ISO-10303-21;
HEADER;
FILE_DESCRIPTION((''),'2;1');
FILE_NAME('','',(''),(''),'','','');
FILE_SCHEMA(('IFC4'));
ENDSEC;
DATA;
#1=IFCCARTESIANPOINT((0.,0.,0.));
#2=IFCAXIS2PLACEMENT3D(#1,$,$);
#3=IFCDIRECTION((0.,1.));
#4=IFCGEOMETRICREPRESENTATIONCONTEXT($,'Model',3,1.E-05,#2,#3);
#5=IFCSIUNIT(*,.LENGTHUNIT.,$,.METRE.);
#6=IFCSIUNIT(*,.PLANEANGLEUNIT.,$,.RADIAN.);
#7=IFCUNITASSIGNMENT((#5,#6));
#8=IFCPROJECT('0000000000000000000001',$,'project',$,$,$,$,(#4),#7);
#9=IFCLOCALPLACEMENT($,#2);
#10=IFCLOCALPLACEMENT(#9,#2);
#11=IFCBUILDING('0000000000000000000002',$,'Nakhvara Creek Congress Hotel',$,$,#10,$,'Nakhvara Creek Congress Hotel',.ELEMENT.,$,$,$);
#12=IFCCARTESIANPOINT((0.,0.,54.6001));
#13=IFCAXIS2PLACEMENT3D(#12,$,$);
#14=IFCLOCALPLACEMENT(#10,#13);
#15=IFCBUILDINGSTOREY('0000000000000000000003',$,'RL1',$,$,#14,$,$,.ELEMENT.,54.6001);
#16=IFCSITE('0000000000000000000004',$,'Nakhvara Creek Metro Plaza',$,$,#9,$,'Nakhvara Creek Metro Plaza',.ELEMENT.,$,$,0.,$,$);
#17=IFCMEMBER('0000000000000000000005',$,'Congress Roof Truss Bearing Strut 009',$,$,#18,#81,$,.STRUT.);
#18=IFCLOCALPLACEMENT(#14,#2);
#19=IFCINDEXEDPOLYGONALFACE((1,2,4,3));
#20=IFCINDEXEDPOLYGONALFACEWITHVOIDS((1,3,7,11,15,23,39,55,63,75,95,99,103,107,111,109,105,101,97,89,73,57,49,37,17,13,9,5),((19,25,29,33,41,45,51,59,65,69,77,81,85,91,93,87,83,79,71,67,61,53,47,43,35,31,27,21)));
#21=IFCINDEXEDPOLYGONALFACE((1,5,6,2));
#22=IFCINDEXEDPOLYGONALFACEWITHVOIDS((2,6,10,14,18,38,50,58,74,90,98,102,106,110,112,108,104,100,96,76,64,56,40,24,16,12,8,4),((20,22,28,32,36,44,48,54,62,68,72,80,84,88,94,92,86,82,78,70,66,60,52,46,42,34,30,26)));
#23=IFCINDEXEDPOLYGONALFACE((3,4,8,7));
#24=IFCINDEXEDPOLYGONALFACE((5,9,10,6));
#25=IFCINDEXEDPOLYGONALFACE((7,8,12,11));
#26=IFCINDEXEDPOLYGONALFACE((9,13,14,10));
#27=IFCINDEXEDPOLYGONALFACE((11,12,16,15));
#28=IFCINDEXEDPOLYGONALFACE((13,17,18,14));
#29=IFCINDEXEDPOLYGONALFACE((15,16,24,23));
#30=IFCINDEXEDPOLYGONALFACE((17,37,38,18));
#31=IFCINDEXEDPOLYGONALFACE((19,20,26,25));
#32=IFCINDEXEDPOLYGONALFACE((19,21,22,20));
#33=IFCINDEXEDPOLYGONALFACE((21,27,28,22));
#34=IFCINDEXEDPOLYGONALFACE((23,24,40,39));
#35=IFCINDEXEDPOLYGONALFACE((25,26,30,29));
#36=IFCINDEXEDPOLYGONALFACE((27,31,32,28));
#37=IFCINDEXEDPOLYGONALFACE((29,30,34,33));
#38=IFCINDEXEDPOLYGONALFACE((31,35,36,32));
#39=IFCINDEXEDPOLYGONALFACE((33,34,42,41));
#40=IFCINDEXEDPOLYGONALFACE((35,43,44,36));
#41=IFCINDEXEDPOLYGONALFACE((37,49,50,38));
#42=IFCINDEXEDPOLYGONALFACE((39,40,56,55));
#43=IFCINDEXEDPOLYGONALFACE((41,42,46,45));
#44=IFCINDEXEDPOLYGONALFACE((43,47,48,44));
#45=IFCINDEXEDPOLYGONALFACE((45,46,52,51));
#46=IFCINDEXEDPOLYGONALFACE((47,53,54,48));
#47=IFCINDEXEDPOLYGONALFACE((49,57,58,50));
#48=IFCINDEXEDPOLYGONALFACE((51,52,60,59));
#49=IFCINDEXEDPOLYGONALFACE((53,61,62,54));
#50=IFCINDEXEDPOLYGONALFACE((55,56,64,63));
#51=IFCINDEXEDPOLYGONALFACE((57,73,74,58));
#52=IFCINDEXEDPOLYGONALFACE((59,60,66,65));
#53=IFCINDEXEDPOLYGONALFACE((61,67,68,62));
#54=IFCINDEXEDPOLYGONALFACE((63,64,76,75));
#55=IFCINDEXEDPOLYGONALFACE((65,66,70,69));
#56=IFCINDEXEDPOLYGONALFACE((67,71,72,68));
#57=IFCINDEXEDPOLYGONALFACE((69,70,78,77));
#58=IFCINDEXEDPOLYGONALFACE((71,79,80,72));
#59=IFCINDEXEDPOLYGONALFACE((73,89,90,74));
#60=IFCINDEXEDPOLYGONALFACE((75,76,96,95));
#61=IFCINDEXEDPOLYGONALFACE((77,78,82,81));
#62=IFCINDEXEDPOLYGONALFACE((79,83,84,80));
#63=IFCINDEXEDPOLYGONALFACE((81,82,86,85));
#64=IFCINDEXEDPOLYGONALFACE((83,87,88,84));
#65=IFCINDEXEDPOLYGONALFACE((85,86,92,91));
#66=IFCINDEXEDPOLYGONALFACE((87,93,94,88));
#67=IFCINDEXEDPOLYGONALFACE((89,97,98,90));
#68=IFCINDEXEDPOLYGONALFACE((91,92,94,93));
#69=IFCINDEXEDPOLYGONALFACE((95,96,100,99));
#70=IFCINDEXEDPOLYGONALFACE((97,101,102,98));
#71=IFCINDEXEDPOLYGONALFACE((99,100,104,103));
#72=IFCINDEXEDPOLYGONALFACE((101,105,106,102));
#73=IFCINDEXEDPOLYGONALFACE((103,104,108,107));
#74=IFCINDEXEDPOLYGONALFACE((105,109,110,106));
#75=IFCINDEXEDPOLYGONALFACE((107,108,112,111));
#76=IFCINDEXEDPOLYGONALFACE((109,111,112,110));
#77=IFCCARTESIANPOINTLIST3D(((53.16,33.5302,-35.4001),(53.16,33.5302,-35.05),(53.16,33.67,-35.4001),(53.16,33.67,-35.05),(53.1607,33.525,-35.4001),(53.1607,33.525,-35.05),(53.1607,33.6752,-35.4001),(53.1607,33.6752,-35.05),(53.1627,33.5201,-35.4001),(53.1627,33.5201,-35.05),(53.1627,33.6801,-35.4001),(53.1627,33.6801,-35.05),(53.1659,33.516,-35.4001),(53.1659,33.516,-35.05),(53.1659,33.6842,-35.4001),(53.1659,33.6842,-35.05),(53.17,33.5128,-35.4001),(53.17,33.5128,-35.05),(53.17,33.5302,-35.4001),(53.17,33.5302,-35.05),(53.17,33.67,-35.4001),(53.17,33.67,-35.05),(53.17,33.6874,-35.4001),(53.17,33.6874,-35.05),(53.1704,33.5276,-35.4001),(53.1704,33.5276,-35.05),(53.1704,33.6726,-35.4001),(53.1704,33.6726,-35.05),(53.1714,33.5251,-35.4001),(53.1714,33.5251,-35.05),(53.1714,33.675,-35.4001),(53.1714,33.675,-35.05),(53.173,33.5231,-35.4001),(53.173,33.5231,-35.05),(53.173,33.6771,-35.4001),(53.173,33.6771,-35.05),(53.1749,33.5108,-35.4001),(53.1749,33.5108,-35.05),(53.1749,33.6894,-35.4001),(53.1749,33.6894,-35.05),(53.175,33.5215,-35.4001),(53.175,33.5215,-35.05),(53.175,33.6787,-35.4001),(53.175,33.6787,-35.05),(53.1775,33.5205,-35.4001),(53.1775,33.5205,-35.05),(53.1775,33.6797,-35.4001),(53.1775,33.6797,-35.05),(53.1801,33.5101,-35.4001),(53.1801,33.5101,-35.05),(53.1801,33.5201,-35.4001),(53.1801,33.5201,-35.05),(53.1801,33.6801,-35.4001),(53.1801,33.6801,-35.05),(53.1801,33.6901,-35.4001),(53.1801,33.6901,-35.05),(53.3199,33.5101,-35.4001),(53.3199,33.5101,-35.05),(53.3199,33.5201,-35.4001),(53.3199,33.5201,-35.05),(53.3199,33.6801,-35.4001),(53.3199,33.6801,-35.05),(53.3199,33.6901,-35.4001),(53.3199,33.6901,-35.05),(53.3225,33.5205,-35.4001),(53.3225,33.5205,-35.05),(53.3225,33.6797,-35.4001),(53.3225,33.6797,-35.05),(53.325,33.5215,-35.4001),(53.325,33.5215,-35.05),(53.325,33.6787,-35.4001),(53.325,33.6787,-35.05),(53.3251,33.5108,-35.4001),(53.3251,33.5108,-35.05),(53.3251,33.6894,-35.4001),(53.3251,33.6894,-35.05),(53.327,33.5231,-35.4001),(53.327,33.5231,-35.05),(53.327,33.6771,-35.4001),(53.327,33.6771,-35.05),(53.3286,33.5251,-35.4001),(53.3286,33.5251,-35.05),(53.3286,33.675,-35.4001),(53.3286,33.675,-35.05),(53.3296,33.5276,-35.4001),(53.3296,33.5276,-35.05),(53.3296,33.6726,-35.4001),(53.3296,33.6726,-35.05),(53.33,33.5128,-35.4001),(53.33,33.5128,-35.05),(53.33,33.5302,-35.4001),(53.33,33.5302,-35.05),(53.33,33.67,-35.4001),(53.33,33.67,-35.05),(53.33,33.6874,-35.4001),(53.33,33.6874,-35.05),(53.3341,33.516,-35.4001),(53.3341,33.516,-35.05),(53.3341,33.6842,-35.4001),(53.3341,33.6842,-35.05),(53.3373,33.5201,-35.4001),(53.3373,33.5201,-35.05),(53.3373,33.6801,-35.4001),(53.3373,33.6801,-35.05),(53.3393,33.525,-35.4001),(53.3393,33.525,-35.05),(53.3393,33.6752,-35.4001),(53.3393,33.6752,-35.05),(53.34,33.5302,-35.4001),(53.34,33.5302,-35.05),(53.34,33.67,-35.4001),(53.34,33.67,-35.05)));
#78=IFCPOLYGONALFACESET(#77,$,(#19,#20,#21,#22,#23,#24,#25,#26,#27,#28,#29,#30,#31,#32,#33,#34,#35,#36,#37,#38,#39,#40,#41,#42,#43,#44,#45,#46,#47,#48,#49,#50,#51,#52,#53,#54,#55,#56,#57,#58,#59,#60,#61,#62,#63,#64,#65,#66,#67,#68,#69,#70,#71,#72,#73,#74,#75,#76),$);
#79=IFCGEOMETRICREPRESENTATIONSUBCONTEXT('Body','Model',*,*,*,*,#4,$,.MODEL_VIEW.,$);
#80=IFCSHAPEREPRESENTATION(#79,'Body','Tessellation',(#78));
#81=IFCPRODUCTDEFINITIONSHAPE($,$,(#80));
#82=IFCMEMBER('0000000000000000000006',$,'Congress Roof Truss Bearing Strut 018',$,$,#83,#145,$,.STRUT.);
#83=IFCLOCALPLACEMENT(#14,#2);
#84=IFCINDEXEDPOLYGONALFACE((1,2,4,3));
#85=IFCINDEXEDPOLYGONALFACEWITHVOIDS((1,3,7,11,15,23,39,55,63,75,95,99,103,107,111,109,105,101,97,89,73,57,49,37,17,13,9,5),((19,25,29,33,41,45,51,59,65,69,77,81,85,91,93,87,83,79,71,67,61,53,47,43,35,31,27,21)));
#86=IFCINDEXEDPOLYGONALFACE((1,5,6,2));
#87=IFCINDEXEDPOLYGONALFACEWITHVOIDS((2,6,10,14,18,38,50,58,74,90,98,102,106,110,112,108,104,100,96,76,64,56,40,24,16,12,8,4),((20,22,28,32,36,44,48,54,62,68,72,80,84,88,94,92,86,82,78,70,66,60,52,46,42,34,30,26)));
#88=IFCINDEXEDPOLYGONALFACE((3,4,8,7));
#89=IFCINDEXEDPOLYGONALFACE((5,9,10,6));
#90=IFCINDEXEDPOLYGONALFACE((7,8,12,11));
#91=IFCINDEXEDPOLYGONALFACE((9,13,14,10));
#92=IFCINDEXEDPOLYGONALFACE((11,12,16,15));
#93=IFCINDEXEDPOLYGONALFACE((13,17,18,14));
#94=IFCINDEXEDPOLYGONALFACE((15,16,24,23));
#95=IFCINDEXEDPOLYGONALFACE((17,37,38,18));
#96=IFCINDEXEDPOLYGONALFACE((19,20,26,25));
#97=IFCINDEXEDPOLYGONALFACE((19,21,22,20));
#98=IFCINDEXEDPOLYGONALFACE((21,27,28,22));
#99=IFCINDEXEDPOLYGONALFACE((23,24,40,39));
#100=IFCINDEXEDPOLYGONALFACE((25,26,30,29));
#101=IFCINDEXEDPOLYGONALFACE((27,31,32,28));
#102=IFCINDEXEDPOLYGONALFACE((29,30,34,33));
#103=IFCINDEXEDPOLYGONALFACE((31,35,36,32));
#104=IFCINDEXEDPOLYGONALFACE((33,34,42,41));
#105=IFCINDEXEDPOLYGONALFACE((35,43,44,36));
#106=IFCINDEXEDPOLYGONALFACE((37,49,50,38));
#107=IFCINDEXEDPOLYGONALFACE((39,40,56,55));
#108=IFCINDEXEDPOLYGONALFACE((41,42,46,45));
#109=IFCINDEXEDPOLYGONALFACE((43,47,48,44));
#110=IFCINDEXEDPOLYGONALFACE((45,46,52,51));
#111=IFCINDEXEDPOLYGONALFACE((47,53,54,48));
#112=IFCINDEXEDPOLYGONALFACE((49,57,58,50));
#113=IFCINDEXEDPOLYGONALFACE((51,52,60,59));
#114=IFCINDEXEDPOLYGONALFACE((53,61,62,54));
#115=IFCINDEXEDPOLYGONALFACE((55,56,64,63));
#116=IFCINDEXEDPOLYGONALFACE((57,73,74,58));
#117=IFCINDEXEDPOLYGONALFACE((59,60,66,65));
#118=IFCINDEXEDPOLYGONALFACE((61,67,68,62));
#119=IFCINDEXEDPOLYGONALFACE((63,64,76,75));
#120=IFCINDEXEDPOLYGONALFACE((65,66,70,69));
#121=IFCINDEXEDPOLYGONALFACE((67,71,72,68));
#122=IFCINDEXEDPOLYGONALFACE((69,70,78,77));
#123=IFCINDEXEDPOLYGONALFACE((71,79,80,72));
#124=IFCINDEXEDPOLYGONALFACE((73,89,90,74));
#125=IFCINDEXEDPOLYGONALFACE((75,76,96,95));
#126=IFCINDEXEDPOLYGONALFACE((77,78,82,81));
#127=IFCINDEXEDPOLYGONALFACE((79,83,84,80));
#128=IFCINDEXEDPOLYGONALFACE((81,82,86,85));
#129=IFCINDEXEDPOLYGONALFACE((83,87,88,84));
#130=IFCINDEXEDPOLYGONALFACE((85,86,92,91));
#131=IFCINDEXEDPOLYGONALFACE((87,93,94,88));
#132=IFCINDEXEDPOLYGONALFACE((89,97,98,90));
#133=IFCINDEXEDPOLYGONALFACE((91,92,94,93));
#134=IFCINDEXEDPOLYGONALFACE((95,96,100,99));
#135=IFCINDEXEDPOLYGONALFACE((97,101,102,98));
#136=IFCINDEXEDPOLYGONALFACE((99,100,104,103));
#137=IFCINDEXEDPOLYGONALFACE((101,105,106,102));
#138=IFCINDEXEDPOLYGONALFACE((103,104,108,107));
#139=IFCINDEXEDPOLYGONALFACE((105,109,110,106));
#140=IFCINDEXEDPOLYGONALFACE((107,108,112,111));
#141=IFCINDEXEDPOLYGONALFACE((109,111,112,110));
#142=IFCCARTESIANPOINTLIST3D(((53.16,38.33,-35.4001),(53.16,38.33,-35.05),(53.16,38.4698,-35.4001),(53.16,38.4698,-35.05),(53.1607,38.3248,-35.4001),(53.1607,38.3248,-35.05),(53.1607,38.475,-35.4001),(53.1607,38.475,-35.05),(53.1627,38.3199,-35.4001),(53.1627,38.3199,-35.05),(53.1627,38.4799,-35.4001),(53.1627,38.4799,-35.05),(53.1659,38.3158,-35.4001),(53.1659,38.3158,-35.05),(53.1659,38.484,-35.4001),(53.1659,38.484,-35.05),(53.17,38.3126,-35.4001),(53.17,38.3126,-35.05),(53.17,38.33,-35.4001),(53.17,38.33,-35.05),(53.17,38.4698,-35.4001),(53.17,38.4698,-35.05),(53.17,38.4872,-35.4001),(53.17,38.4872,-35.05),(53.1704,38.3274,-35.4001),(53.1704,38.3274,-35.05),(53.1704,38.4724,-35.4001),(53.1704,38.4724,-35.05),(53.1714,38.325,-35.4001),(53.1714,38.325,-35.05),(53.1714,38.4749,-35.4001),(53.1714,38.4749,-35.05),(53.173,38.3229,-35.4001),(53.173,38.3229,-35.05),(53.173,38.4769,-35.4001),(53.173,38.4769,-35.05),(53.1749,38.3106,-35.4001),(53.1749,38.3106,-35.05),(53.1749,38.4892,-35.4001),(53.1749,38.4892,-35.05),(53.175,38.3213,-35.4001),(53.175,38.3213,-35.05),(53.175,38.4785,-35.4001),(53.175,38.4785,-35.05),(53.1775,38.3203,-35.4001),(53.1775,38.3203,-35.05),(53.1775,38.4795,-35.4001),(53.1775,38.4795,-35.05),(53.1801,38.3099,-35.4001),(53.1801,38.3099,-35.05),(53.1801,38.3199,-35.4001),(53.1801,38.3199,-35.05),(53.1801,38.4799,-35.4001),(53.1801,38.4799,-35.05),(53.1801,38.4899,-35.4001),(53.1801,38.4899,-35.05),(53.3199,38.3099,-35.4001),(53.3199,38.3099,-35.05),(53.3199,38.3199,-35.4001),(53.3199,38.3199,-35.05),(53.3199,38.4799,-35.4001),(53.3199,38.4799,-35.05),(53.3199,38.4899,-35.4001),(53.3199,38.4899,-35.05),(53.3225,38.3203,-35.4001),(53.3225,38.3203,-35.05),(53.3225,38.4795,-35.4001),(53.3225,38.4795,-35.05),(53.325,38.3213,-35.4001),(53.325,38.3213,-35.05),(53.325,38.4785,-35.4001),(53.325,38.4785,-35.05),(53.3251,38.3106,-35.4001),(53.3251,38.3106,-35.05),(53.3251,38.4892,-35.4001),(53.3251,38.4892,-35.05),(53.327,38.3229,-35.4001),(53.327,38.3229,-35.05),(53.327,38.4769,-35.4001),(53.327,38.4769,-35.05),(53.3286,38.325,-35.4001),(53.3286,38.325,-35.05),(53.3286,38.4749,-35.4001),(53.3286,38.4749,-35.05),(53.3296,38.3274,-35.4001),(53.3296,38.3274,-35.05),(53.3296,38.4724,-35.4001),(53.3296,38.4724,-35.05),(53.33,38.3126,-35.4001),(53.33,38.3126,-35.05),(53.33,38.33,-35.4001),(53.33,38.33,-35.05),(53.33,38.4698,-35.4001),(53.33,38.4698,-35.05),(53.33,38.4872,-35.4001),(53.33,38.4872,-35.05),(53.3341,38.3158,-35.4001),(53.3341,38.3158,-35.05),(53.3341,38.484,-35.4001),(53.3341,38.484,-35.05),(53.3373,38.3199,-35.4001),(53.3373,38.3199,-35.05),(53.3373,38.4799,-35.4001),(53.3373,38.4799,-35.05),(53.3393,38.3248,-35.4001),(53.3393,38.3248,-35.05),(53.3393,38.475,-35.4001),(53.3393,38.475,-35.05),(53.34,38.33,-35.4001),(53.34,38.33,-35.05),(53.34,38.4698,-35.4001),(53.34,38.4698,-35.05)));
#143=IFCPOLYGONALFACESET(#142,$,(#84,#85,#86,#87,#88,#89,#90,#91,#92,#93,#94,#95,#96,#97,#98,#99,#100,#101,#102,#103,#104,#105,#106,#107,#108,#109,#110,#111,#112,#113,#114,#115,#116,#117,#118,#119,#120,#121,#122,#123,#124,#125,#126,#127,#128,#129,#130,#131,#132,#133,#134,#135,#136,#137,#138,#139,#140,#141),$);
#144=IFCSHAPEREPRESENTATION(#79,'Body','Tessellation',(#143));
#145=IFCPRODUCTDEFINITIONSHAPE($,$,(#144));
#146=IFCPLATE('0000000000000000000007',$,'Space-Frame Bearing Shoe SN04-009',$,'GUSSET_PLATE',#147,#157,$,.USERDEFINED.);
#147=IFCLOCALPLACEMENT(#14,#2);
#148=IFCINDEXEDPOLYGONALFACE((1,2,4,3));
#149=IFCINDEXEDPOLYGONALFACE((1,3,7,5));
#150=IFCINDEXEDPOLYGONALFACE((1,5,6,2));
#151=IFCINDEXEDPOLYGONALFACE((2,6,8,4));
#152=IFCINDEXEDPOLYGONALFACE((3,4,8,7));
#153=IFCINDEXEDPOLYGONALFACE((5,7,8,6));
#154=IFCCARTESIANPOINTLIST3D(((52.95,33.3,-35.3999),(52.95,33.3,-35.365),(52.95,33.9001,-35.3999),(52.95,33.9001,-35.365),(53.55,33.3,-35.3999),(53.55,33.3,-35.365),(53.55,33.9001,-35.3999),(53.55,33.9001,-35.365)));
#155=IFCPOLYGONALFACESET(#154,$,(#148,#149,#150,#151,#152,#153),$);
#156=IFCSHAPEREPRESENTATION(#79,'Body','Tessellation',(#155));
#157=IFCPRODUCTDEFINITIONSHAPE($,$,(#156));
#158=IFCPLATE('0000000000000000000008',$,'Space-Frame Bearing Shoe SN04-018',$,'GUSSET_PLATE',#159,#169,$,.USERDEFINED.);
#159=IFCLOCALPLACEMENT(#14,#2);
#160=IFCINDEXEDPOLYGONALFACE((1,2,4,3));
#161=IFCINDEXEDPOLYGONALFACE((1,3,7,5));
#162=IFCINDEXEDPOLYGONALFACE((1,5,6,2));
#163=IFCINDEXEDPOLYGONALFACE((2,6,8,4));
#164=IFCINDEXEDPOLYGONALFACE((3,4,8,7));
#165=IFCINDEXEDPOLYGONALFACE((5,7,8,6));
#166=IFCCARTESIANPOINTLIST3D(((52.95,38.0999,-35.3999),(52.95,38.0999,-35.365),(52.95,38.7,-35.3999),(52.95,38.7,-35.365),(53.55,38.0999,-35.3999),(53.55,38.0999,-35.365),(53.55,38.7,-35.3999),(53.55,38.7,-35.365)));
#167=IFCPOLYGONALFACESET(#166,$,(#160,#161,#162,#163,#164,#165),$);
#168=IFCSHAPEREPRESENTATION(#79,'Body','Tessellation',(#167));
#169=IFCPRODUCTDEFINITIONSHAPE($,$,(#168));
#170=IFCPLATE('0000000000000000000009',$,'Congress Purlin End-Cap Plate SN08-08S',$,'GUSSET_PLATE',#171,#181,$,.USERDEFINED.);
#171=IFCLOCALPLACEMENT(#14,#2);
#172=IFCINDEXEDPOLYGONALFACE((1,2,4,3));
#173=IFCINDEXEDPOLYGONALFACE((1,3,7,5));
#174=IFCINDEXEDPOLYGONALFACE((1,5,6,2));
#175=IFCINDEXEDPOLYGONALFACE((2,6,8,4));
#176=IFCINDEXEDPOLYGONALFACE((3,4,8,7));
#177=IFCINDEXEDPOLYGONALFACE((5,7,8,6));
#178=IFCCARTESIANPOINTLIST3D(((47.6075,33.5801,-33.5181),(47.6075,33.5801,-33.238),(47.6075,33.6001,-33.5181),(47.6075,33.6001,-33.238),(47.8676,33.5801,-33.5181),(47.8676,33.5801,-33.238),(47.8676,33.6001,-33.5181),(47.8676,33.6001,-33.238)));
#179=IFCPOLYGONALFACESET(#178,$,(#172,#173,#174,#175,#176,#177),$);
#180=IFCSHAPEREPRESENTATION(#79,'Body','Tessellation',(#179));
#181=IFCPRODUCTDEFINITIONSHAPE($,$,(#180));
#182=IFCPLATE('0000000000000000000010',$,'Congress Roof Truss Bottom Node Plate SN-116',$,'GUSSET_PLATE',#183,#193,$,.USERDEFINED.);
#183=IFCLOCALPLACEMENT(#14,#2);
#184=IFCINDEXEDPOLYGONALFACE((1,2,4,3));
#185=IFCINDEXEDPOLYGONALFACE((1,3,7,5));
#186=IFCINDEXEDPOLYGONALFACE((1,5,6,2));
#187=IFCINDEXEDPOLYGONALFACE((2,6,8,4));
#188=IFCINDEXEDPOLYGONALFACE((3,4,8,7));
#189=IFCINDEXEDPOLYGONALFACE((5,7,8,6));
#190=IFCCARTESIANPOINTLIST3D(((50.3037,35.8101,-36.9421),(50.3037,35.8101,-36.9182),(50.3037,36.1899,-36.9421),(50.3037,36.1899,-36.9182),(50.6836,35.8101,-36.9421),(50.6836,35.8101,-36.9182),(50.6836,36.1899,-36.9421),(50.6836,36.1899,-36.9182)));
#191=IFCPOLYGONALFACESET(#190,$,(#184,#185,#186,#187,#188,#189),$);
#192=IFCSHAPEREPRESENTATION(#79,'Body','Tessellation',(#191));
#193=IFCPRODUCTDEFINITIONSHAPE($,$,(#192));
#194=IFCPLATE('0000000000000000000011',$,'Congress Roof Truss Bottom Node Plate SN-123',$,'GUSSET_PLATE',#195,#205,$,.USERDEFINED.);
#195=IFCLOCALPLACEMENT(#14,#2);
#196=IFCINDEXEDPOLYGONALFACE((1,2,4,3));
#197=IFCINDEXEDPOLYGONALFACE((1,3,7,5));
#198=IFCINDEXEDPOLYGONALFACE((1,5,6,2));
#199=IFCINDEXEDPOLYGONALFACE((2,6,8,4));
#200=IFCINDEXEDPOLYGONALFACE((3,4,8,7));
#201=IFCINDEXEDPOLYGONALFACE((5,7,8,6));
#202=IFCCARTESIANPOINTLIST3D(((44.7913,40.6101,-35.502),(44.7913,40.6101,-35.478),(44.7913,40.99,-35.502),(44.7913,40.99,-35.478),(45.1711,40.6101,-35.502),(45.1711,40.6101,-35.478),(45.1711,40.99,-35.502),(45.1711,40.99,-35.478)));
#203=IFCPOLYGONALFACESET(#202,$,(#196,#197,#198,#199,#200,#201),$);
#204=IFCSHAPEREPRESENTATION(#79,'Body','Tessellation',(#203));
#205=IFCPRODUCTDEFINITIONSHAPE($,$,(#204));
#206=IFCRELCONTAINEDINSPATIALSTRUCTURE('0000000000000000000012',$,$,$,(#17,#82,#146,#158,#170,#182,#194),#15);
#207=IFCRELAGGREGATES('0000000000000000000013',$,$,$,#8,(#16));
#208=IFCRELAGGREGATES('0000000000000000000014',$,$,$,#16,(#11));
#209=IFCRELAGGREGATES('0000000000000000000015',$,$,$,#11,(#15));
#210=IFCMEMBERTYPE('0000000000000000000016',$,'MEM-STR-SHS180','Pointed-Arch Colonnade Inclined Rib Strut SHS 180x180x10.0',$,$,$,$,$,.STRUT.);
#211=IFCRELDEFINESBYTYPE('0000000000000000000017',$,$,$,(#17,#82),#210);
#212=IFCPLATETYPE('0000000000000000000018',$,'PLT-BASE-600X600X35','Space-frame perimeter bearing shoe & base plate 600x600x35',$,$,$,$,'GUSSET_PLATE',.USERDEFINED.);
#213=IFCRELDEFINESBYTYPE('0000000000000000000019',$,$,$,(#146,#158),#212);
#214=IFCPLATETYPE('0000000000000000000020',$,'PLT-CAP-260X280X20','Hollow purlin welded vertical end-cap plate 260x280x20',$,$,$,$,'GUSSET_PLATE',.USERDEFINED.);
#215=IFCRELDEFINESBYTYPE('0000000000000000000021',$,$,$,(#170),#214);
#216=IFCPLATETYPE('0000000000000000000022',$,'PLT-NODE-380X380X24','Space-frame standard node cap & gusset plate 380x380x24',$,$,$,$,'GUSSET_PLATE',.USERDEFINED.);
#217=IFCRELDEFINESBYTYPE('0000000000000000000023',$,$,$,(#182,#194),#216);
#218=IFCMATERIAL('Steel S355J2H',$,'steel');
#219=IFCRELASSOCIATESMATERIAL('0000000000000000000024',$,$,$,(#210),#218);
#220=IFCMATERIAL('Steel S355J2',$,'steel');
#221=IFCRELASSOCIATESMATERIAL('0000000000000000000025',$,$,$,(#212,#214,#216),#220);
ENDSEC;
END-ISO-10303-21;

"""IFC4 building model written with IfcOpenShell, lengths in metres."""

from ifc_helpers import new_model, si_unit, direction, frame, origin, origin_2d, place, context, subcontext, project, spatial, rectangle, hollow_rectangle, extrude, material, material_profile, profile_set, type_object, element, save


model = new_model("IFC4")

# Units and contexts
model_context = context("Model", 3, precision=1e-05, world=origin(), true_north=direction((0.0, 1.0)))
body_context = subcontext(model_context, "Body", "Model", "MODEL_VIEW")
ifc_project = project(units=[si_unit("LENGTHUNIT", "METRE"), si_unit("PLANEANGLEUNIT", "RADIAN")], contexts=[model_context])

# Site, building, storey
site_placement = place(None, origin())
site = spatial("IfcSite", under=ifc_project, at=site_placement, Name="Nakhvara Creek Metro Plaza", LongName="Nakhvara Creek Metro Plaza", CompositionType="ELEMENT", RefElevation=0.0)
building_placement = place(site_placement, origin())
building = spatial("IfcBuilding", under=site, at=building_placement, Name="Nakhvara Creek Congress Hotel", LongName="Nakhvara Creek Congress Hotel", CompositionType="ELEMENT")
storey_placement = place(building_placement, frame((0.0, 0.0, 54.6001)))
storey = spatial("IfcBuildingStorey", under=building, at=storey_placement, Name="RL1", CompositionType="ELEMENT", Elevation=54.6001)

# Members
ifc_material_1 = material(Name="Steel S355J2H", Category="steel")
ifc_material_profile_1 = material_profile(ifc_material_1, hollow_rectangle(XDim=0.1799, YDim=0.1799, WallThickness=0.01, InnerFilletRadius=0.01, OuterFilletRadius=0.02, at=origin_2d()), Name="SHS 180x180x10.0", Category="LoadBearing")
ifc_profile_set_1 = profile_set([ifc_material_profile_1], Name="Steel S355J2H")
member_type_1 = type_object("IfcMemberType", Name="MEM-STR-SHS180", Description="Pointed-Arch Colonnade Inclined Rib Strut SHS 180x180x10.0", PredefinedType="STRUT", material=ifc_profile_set_1)
for number, where, z_axis, x_axis, name in (
    (1, (53.25, 33.6001, -35.4001), (0.0, 0.0, 1.0), (1.0, 0.0, 0.0), "Congress Roof Truss Bearing Strut 009"),
    (2, (53.25, 38.3999, -35.4001), (0.0, 0.0, 1.0), (1.0, 0.0, 0.0), "Congress Roof Truss Bearing Strut 018"),
):
    element("IfcMember", number, at=place(storey_placement, frame(where, z_axis=z_axis, x_axis=x_axis)), inside=storey, type_object=member_type_1, Name=name, PredefinedType="STRUT", context=body_context, shape_type="SweptSolid", body=[
        extrude(hollow_rectangle(XDim=0.1799, YDim=0.1799, WallThickness=0.01, InnerFilletRadius=0.01, OuterFilletRadius=0.02, at=origin_2d()), origin(), (0.0, 0.0, 1.0), 0.3501),
    ])

# Plates
ifc_material_2 = material(Name="Steel S355J2", Category="steel")
plate_type_1 = type_object("IfcPlateType", Name="PLT-BASE-600X600X35", Description="Space-frame perimeter bearing shoe & base plate 600x600x35", ElementType="GUSSET_PLATE", PredefinedType="USERDEFINED", material=ifc_material_2)
for number, where, z_axis, x_axis, name in (
    (3, (53.25, 33.6001, -35.3999), (0.0, 0.0, 1.0), (1.0, 0.0, 0.0), "Space-Frame Bearing Shoe SN04-009"),
    (4, (53.25, 38.3999, -35.3999), (0.0, 0.0, 1.0), (1.0, 0.0, 0.0), "Space-Frame Bearing Shoe SN04-018"),
):
    element("IfcPlate", number, at=place(storey_placement, frame(where, z_axis=z_axis, x_axis=x_axis)), inside=storey, type_object=plate_type_1, Name=name, ObjectType="GUSSET_PLATE", PredefinedType="USERDEFINED", context=body_context, shape_type="SweptSolid", body=[
        extrude(rectangle(XDim=0.6001, YDim=0.6001, at=origin_2d()), origin(), (0.0, 0.0, 1.0), 0.0349),
    ])
plate_type_2 = type_object("IfcPlateType", Name="PLT-CAP-260X280X20", Description="Hollow purlin welded vertical end-cap plate 260x280x20", ElementType="GUSSET_PLATE", PredefinedType="USERDEFINED", material=ifc_material_2)
plate_placement = place(storey_placement, frame((47.7375, 33.5901, -33.5181), z_axis=(0.0, 0.0, 1.0), x_axis=(1.0, 0.0, 0.0)))
element("IfcPlate", 5, at=plate_placement, inside=storey, type_object=plate_type_2, Name="Congress Purlin End-Cap Plate SN08-08S", ObjectType="GUSSET_PLATE", PredefinedType="USERDEFINED", context=body_context, shape_type="SweptSolid", body=[
    extrude(rectangle(XDim=0.26, YDim=0.02, at=origin_2d()), origin(), (0.0, 0.0, 1.0), 0.28),
])
plate_type_3 = type_object("IfcPlateType", Name="PLT-NODE-380X380X24", Description="Space-frame standard node cap & gusset plate 380x380x24", ElementType="GUSSET_PLATE", PredefinedType="USERDEFINED", material=ifc_material_2)
for number, where, z_axis, x_axis, name in (
    (6, (50.4937, 36.0, -36.9421), (0.0, 0.0, 1.0), (1.0, 0.0, 0.0), "Congress Roof Truss Bottom Node Plate SN-116"),
    (7, (44.9812, 40.8, -35.502), (0.0, 0.0, 1.0), (1.0, 0.0, 0.0), "Congress Roof Truss Bottom Node Plate SN-123"),
):
    element("IfcPlate", number, at=place(storey_placement, frame(where, z_axis=z_axis, x_axis=x_axis)), inside=storey, type_object=plate_type_3, Name=name, ObjectType="GUSSET_PLATE", PredefinedType="USERDEFINED", context=body_context, shape_type="SweptSolid", body=[
        extrude(rectangle(XDim=0.3799, YDim=0.3799, at=origin_2d()), origin(), (0.0, 0.0, 1.0), 0.0239),
    ])

save(model, "model.ifc")
